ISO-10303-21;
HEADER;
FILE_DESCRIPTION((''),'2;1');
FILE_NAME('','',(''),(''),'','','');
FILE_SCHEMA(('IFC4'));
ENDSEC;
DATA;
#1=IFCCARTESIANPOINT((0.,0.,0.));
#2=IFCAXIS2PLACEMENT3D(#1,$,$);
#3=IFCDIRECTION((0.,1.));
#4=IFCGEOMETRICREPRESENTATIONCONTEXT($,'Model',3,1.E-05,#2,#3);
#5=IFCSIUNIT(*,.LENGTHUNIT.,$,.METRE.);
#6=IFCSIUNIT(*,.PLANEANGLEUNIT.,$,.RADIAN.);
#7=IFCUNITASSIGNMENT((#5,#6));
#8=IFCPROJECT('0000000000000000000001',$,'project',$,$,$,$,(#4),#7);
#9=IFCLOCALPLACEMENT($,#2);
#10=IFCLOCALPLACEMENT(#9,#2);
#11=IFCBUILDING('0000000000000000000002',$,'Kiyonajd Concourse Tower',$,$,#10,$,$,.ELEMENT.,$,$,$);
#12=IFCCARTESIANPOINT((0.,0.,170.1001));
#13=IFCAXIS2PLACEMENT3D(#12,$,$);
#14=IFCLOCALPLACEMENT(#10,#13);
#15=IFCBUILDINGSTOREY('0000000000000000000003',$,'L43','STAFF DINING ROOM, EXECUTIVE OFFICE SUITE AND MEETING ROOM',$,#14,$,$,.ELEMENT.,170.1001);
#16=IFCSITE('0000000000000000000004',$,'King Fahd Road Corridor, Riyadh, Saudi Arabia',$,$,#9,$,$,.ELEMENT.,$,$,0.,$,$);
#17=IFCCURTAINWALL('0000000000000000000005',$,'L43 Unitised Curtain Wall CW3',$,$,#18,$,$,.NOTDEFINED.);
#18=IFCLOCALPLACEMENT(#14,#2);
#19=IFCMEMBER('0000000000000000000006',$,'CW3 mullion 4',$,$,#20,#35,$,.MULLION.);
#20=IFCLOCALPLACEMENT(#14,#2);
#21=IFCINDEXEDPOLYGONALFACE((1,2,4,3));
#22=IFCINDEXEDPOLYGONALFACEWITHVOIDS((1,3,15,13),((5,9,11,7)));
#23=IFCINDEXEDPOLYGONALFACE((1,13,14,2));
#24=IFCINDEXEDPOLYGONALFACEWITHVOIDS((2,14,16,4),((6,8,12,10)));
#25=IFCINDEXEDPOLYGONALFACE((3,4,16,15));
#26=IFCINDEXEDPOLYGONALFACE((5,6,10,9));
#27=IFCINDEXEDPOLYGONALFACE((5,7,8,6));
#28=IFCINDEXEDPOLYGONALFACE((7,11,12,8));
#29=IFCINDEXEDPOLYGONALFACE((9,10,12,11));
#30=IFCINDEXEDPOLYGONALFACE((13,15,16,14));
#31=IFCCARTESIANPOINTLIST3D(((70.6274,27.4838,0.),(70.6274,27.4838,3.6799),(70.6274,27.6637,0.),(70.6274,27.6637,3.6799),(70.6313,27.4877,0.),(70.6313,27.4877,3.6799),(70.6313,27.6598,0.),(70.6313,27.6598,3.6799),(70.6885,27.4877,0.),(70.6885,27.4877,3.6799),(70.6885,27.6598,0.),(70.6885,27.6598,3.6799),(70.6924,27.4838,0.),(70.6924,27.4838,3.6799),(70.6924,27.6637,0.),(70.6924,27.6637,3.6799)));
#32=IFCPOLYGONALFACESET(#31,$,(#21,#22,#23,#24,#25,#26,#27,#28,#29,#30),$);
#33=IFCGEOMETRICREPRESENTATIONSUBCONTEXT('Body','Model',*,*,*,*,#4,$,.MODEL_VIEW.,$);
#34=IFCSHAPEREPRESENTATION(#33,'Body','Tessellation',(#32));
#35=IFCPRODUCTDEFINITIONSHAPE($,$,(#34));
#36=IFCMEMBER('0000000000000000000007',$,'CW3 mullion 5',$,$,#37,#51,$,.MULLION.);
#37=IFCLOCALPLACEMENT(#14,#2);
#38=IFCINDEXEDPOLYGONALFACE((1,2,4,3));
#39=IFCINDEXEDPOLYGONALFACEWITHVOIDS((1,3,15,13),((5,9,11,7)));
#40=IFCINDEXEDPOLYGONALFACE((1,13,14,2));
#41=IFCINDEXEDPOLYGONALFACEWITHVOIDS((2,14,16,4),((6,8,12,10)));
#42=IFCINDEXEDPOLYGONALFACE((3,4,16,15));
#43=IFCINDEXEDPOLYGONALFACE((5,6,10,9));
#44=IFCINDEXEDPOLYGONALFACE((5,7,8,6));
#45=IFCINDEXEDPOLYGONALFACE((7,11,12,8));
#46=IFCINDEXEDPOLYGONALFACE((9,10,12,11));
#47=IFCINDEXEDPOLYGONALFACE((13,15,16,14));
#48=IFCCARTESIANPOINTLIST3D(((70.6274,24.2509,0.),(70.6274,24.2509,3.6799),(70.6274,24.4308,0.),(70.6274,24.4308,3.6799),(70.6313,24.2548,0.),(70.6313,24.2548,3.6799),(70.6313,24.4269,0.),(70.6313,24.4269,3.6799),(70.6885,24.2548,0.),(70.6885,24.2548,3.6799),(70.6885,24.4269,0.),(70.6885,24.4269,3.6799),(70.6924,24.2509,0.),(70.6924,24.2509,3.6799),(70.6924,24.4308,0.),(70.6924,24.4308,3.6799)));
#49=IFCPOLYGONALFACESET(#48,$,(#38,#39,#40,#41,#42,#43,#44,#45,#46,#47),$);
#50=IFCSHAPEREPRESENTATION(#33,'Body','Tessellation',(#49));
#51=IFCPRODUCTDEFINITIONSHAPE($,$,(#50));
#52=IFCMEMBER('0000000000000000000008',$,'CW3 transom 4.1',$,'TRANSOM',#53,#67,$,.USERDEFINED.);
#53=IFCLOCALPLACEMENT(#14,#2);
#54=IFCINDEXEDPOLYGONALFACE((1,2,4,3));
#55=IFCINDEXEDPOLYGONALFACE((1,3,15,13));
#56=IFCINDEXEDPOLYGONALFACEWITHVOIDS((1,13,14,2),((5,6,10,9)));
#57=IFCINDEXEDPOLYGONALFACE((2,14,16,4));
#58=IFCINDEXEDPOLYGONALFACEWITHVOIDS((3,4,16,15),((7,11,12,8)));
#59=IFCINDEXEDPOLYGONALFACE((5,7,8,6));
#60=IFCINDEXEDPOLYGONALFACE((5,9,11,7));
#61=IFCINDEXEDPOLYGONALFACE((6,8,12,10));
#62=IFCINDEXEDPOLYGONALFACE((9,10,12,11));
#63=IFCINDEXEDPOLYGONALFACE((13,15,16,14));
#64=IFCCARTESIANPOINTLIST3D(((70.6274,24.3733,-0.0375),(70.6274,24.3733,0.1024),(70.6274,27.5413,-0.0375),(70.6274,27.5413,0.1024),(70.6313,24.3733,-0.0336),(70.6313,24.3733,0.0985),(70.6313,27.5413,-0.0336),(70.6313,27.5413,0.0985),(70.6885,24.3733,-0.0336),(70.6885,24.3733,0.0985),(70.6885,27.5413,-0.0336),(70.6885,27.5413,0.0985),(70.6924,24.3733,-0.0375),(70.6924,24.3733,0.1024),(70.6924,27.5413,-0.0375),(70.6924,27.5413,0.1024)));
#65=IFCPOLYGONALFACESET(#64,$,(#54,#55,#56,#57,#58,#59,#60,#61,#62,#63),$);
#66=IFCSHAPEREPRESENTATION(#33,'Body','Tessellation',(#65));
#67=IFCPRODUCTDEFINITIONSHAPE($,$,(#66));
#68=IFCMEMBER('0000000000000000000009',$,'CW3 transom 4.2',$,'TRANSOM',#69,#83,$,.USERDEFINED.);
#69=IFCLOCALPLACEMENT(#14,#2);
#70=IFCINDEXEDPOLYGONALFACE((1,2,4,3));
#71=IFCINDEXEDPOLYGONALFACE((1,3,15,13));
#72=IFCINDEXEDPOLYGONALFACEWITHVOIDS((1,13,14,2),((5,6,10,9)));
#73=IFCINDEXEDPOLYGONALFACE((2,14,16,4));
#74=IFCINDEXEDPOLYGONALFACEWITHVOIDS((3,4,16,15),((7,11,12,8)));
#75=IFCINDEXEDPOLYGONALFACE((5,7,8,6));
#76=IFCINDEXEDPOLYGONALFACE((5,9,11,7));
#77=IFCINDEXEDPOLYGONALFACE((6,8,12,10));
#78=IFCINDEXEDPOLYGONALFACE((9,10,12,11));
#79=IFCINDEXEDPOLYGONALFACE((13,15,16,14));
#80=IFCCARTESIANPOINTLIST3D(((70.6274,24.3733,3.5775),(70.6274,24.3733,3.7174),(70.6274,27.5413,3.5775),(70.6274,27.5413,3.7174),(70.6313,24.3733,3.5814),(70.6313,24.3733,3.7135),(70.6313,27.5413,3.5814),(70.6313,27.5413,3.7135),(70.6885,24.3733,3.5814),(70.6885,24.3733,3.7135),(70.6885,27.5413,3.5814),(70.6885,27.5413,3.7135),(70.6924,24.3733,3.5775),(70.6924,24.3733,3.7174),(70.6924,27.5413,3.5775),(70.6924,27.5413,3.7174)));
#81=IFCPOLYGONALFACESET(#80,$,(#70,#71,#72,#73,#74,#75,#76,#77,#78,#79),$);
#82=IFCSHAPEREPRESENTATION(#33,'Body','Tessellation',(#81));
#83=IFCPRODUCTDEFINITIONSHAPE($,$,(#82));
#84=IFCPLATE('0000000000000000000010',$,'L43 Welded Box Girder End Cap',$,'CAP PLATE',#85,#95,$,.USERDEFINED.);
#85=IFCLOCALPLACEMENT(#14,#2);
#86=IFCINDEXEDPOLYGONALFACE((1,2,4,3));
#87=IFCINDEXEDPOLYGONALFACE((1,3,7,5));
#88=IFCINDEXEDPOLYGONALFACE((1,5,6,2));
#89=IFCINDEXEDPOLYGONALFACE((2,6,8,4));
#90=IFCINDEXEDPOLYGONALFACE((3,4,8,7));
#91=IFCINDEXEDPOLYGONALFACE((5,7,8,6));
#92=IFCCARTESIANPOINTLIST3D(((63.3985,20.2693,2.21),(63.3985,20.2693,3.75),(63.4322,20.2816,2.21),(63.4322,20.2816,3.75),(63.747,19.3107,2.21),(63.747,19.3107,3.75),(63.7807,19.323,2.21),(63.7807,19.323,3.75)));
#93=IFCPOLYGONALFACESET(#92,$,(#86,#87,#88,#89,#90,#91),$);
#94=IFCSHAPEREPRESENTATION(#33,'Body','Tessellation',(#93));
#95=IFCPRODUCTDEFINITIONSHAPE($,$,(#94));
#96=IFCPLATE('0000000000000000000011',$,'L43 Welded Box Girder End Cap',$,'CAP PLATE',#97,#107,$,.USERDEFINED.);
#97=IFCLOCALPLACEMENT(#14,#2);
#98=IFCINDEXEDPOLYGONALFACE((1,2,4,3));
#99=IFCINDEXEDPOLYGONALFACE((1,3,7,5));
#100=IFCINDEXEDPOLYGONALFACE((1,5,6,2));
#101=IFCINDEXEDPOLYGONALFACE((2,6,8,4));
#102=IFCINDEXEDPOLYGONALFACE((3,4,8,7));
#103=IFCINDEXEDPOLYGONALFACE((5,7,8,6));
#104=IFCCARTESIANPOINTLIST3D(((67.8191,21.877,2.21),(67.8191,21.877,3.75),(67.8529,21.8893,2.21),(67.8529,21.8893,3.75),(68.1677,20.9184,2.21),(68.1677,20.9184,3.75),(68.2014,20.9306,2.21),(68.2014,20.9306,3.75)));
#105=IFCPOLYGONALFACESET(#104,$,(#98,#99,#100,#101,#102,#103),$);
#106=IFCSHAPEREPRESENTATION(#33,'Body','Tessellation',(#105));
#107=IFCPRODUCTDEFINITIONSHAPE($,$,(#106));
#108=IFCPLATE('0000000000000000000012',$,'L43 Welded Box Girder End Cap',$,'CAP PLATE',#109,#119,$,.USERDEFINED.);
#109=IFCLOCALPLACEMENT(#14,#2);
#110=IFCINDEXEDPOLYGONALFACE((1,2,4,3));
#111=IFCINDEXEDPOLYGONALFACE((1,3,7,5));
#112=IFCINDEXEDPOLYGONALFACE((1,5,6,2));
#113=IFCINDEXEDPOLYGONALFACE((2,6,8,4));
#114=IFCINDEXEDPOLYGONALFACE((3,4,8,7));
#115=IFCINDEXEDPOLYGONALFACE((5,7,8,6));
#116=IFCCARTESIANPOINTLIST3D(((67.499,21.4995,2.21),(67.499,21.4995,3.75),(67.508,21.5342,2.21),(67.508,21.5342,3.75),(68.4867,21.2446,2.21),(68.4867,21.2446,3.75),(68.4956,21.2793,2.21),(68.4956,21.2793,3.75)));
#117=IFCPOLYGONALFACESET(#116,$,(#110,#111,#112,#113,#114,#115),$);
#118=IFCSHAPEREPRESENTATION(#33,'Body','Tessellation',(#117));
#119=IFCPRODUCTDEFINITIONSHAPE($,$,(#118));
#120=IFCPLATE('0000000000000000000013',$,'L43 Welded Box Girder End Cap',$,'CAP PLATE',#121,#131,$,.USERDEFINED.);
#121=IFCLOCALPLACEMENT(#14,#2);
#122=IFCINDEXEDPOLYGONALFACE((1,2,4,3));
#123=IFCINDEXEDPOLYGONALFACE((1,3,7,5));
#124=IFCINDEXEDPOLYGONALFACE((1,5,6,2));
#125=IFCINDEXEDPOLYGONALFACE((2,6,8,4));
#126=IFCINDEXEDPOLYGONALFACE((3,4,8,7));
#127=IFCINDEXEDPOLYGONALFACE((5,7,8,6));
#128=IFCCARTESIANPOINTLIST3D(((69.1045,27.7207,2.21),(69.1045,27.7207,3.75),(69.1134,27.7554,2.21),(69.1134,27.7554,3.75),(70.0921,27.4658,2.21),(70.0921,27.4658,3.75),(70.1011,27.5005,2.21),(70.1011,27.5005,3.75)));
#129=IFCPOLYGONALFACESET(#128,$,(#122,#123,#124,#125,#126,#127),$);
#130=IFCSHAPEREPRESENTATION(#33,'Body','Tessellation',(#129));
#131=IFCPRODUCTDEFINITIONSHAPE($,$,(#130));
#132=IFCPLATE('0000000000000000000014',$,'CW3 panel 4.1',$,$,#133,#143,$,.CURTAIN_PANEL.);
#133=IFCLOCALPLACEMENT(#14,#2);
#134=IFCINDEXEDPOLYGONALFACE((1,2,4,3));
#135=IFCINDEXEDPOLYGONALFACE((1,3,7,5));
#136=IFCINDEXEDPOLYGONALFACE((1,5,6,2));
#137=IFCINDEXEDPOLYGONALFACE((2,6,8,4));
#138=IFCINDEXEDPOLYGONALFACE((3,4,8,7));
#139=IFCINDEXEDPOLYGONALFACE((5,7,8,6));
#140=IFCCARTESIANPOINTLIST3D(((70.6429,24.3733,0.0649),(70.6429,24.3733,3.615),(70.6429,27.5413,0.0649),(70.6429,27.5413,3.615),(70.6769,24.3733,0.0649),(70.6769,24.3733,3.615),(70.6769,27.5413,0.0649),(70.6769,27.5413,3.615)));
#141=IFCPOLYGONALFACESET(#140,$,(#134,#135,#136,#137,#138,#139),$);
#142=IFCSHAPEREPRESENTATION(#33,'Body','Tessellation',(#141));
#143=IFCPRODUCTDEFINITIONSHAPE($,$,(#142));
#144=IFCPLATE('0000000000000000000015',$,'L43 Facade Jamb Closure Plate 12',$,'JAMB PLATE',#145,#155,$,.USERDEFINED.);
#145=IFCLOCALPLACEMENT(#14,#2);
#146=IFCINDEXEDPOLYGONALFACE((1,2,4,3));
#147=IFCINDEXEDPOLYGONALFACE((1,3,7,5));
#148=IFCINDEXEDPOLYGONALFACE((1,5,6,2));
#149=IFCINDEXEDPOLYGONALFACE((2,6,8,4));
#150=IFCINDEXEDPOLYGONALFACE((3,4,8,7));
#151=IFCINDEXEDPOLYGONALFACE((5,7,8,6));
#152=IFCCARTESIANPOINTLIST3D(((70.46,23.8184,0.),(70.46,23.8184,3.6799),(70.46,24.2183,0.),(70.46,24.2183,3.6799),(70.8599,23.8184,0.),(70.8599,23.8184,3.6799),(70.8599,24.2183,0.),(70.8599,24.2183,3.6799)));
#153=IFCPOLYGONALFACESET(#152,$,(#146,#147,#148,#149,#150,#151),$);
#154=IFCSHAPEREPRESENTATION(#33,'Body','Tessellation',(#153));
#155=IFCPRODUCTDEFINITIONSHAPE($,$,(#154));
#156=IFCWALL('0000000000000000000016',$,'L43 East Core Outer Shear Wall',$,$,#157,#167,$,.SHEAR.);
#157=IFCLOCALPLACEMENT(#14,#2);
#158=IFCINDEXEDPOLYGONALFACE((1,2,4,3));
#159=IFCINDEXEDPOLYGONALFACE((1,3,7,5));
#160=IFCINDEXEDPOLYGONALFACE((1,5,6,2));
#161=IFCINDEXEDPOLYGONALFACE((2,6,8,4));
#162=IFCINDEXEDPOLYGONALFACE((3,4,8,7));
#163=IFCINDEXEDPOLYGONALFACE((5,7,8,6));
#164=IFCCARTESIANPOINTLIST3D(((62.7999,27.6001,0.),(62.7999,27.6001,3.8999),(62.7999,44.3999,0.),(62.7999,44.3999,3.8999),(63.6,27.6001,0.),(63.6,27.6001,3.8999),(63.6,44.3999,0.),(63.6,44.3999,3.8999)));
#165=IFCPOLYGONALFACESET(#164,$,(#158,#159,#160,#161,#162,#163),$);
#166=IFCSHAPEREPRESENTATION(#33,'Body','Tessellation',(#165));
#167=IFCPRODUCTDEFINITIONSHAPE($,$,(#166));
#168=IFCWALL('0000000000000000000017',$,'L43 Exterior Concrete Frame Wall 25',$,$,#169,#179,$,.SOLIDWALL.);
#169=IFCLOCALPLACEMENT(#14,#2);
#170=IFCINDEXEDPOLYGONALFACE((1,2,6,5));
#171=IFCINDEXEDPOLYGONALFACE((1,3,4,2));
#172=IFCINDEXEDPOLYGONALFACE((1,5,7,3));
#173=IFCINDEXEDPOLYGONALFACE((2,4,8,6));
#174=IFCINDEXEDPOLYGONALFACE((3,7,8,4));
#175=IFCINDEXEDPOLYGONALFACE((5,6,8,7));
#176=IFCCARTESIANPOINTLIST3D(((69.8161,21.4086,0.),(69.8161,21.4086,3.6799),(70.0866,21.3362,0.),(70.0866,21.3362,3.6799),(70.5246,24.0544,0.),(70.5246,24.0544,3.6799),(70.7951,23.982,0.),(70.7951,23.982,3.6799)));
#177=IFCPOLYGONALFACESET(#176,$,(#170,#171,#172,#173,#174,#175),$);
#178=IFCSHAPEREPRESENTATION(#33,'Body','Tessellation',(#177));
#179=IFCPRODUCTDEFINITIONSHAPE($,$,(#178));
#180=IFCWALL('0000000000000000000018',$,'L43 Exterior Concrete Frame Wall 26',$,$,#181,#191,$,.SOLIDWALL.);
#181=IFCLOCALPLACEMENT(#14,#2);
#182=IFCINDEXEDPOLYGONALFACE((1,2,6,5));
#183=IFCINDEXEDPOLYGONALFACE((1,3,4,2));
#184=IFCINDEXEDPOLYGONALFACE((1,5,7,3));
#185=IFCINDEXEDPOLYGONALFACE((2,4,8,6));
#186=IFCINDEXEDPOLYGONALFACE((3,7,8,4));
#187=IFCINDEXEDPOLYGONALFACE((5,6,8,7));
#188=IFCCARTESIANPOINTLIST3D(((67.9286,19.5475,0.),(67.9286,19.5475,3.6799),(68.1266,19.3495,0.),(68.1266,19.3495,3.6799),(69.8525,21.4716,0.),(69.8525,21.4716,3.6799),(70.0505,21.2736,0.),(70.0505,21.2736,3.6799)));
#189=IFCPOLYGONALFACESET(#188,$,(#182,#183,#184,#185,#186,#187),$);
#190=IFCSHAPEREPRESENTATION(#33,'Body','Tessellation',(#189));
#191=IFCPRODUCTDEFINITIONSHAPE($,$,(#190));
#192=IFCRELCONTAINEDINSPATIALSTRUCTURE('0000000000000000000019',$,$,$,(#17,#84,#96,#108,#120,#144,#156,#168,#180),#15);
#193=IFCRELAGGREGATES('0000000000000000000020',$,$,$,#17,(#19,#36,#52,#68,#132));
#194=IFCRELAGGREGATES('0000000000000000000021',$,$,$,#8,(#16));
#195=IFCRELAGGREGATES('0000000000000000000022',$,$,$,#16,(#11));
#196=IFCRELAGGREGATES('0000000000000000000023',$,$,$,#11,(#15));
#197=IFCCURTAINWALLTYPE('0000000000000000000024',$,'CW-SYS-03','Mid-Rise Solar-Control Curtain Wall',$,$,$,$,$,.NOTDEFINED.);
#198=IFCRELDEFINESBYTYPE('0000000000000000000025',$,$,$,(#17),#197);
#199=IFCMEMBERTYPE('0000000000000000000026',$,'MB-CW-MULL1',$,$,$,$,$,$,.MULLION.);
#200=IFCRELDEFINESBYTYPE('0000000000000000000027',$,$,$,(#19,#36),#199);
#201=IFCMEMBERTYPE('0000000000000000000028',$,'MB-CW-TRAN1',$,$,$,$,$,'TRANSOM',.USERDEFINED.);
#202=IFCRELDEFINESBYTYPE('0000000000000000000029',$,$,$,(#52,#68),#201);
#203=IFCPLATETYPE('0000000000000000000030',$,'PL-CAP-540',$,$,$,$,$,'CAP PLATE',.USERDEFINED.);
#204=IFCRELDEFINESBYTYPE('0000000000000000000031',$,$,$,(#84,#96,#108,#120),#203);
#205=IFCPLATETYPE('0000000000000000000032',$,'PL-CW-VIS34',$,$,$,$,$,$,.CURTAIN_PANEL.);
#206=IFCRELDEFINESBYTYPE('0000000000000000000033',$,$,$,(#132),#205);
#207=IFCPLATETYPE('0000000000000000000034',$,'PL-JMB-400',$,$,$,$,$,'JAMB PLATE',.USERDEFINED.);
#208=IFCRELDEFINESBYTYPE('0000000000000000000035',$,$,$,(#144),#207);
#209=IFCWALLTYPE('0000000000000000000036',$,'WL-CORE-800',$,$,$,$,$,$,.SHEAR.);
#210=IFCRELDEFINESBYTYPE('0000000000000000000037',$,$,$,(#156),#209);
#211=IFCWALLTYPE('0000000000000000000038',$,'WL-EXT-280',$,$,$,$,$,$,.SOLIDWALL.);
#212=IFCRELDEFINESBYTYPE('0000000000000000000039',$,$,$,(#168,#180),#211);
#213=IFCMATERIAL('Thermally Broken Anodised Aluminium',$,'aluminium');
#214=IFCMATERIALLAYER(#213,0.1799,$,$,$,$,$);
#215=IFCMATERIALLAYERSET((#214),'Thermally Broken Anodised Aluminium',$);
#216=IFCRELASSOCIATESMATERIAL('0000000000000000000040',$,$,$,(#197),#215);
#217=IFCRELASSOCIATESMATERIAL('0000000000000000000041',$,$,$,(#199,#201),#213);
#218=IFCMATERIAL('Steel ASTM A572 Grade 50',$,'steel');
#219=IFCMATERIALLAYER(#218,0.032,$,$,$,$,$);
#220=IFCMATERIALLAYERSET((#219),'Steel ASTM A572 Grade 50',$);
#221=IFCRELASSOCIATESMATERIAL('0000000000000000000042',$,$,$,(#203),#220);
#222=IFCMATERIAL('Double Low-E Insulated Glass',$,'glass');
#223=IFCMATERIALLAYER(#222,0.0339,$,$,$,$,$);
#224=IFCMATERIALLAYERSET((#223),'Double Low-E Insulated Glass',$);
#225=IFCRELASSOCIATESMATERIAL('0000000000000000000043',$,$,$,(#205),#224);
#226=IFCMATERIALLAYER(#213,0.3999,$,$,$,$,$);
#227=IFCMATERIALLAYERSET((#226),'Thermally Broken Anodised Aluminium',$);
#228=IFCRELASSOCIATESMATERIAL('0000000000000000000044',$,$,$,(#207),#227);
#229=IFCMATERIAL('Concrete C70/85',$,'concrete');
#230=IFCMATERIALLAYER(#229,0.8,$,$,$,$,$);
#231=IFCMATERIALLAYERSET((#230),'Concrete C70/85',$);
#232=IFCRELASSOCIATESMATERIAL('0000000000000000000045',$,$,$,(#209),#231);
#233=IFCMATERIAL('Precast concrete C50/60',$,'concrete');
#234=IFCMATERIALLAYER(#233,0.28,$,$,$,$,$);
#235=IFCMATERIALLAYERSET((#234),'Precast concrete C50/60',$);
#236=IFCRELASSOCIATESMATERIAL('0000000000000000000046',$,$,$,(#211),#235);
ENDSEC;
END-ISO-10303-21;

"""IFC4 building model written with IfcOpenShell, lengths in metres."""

from ifc_helpers import new_model, si_unit, direction, frame, frame_2d, origin, origin_2d, place, context, subcontext, project, spatial, rectangle, hollow_rectangle, extrude, material, layer, layer_set, material_profile, profile_set, type_object, element, aggregate, save


model = new_model("IFC4")

# Units and contexts
model_context = context("Model", 3, precision=1e-05, world=origin(), true_north=direction((0.0, 1.0)))
body_context = subcontext(model_context, "Body", "Model", "MODEL_VIEW")
ifc_project = project(units=[si_unit("LENGTHUNIT", "METRE"), si_unit("PLANEANGLEUNIT", "RADIAN")], contexts=[model_context])

# Site, building, storey
site_placement = place(None, origin())
site = spatial("IfcSite", under=ifc_project, at=site_placement, Name="King Fahd Road Corridor, Riyadh, Saudi Arabia", CompositionType="ELEMENT", RefElevation=0.0)
building_placement = place(site_placement, origin())
building = spatial("IfcBuilding", under=site, at=building_placement, Name="Kiyonajd Concourse Tower", CompositionType="ELEMENT")
storey_placement = place(building_placement, frame((0.0, 0.0, 170.1001)))
storey = spatial("IfcBuildingStorey", under=building, at=storey_placement, Name="L43", Description="STAFF DINING ROOM, EXECUTIVE OFFICE SUITE AND MEETING ROOM", CompositionType="ELEMENT", Elevation=170.1001)

# Shared definitions
ifc_material_1 = material(Name="Concrete C70/85", Category="concrete")

# Shared definitions
ifc_material_2 = material(Name="Steel ASTM A572 Grade 50", Category="steel")

# Curtain wall, members
ifc_material_3 = material(Name="Thermally Broken Anodised Aluminium", Category="aluminium")
ifc_layer_1 = layer(ifc_material_3, 0.1799)
ifc_layer_set_1 = layer_set([ifc_layer_1], Name="Thermally Broken Anodised Aluminium")
curtain_wall_type = type_object("IfcCurtainWallType", Name="CW-SYS-03", Description="Mid-Rise Solar-Control Curtain Wall", PredefinedType="NOTDEFINED", material=ifc_layer_set_1)
curtain_wall_placement = place(storey_placement, origin())
curtain_wall = element("IfcCurtainWall", 1, at=curtain_wall_placement, inside=storey, type_object=curtain_wall_type, Name="L43 Unitised Curtain Wall CW3", PredefinedType="NOTDEFINED")
ifc_material_profile_1 = material_profile(ifc_material_3, hollow_rectangle(XDim=0.0649, YDim=0.1799, WallThickness=0.0039, at=origin_2d()), Name="MULL-65x180")
ifc_profile_set_1 = profile_set([ifc_material_profile_1], Name="Thermally Broken Anodised Aluminium")
member_type_1 = type_object("IfcMemberType", Name="MB-CW-MULL1", PredefinedType="MULLION", material=ifc_profile_set_1)
member_1_placement = place(storey_placement, frame((70.6599, 27.5737, 0.0), z_axis=(0.0, 0.0, 1.0), x_axis=(1.0, 0.0, 0.0)))
member_1 = element("IfcMember", 2, at=member_1_placement, type_object=member_type_1, Name="CW3 mullion 4", PredefinedType="MULLION", context=body_context, shape_type="SweptSolid", body=[
    extrude(hollow_rectangle(XDim=0.0649, YDim=0.1799, WallThickness=0.0039, at=origin_2d()), origin(), (0.0, 0.0, 1.0), 3.6799),
])
member_2_placement = place(storey_placement, frame((70.6599, 24.3408, 0.0), z_axis=(0.0, 0.0, 1.0), x_axis=(1.0, 0.0, 0.0)))
member_2 = element("IfcMember", 3, at=member_2_placement, type_object=member_type_1, Name="CW3 mullion 5", PredefinedType="MULLION", context=body_context, shape_type="SweptSolid", body=[
    extrude(hollow_rectangle(XDim=0.0649, YDim=0.1799, WallThickness=0.0039, at=origin_2d()), origin(), (0.0, 0.0, 1.0), 3.6799),
])
ifc_material_profile_2 = material_profile(ifc_material_3, hollow_rectangle(XDim=0.0649, YDim=0.1399, WallThickness=0.0039, at=origin_2d()), Name="TRAN-65x140")
ifc_profile_set_2 = profile_set([ifc_material_profile_2], Name="Thermally Broken Anodised Aluminium")
member_type_2 = type_object("IfcMemberType", Name="MB-CW-TRAN1", ElementType="TRANSOM", PredefinedType="USERDEFINED", material=ifc_profile_set_2)
member_3_placement = place(storey_placement, frame((70.6599, 27.5413, 0.0325), z_axis=(0.0, -1.0, 0.0), x_axis=(1.0, 0.0, 0.0)))
member_3 = element("IfcMember", 4, at=member_3_placement, type_object=member_type_2, Name="CW3 transom 4.1", ObjectType="TRANSOM", PredefinedType="USERDEFINED", context=body_context, shape_type="SweptSolid", body=[
    extrude(hollow_rectangle(XDim=0.0649, YDim=0.1399, WallThickness=0.0039, at=origin_2d()), origin(), (0.0, 0.0, 1.0), 3.168),
])
member_4_placement = place(storey_placement, frame((70.6599, 27.5413, 3.6475), z_axis=(0.0, -1.0, 0.0), x_axis=(1.0, 0.0, 0.0)))
member_4 = element("IfcMember", 5, at=member_4_placement, type_object=member_type_2, Name="CW3 transom 4.2", ObjectType="TRANSOM", PredefinedType="USERDEFINED", context=body_context, shape_type="SweptSolid", body=[
    extrude(hollow_rectangle(XDim=0.0649, YDim=0.1399, WallThickness=0.0039, at=origin_2d()), origin(), (0.0, 0.0, 1.0), 3.168),
])

# Plates
ifc_layer_2 = layer(ifc_material_2, 0.032)
ifc_layer_set_2 = layer_set([ifc_layer_2], Name="Steel ASTM A572 Grade 50")
plate_type_1 = type_object("IfcPlateType", Name="PL-CAP-540", ElementType="CAP PLATE", PredefinedType="USERDEFINED", material=ifc_layer_set_2)
for number, where, z_axis, x_axis, name in (
    (6, (63.5896, 19.7961, 2.21), (0.0, 0.0, 1.0), (-0.939812, -0.341692, 0.0), "L43 Welded Box Girder End Cap"),
    (7, (68.0103, 21.4038, 2.21), (0.0, 0.0, 1.0), (0.939812, 0.341692, 0.0), "L43 Welded Box Girder End Cap"),
    (8, (67.9973, 21.3894, 2.21), (0.0, 0.0, 1.0), (-0.249873, -0.968279, 0.0), "L43 Welded Box Girder End Cap"),
    (9, (69.6028, 27.6106, 2.21), (0.0, 0.0, 1.0), (0.249873, 0.968279, 0.0), "L43 Welded Box Girder End Cap"),
):
    element("IfcPlate", number, at=place(storey_placement, frame(where, z_axis=z_axis, x_axis=x_axis)), inside=storey, type_object=plate_type_1, Name=name, ObjectType="CAP PLATE", PredefinedType="USERDEFINED", context=body_context, shape_type="SweptSolid", body=[
        extrude(rectangle(XDim=0.0359, YDim=1.02, at=origin_2d()), origin(), (0.0, 0.0, 1.0), 1.54),
    ])

# Plates
ifc_material_4 = material(Name="Double Low-E Insulated Glass", Category="glass")
ifc_layer_3 = layer(ifc_material_4, 0.0339)
ifc_layer_set_3 = layer_set([ifc_layer_3], Name="Double Low-E Insulated Glass")
plate_type_2 = type_object("IfcPlateType", Name="PL-CW-VIS34", PredefinedType="CURTAIN_PANEL", material=ifc_layer_set_3)
plate_1_placement = place(storey_placement, frame((70.6599, 25.9573, 0.0649), z_axis=(0.0, 0.0, 1.0), x_axis=(0.0, -1.0, 0.0)))
plate_1 = element("IfcPlate", 10, at=plate_1_placement, type_object=plate_type_2, Name="CW3 panel 4.1", PredefinedType="CURTAIN_PANEL", context=body_context, shape_type="SweptSolid", body=[
    extrude(rectangle(XDim=3.168, YDim=0.0339, at=origin_2d()), origin(), (0.0, 0.0, 1.0), 3.55),
])
aggregate(curtain_wall, [member_1, member_2, member_3, member_4, plate_1])
ifc_layer_4 = layer(ifc_material_3, 0.3999)
ifc_layer_set_4 = layer_set([ifc_layer_4], Name="Thermally Broken Anodised Aluminium")
plate_type_3 = type_object("IfcPlateType", Name="PL-JMB-400", ElementType="JAMB PLATE", PredefinedType="USERDEFINED", material=ifc_layer_set_4)
plate_2_placement = place(storey_placement, frame((70.6599, 24.0183, 0.0), z_axis=(0.0, 0.0, 1.0), x_axis=(1.0, 0.0, 0.0)))
element("IfcPlate", 11, at=plate_2_placement, inside=storey, type_object=plate_type_3, Name="L43 Facade Jamb Closure Plate 12", ObjectType="JAMB PLATE", PredefinedType="USERDEFINED", context=body_context, shape_type="SweptSolid", body=[
    extrude(rectangle(XDim=0.3999, YDim=0.3999, at=origin_2d()), origin(), (0.0, 0.0, 1.0), 3.6799),
])

# Walls
ifc_layer_5 = layer(ifc_material_1, 0.8)
ifc_layer_set_5 = layer_set([ifc_layer_5], Name="Concrete C70/85")
wall_type_1 = type_object("IfcWallType", Name="WL-CORE-800", PredefinedType="SHEAR", material=ifc_layer_set_5)
wall_1_placement = place(storey_placement, frame((63.2, 27.6001, 0.0), z_axis=(0.0, 0.0, 1.0), x_axis=(0.0, 1.0, 0.0)))
element("IfcWall", 12, at=wall_1_placement, inside=storey, type_object=wall_type_1, Name="L43 East Core Outer Shear Wall", PredefinedType="SHEAR", context=body_context, shape_type="SweptSolid", body=[
    extrude(rectangle(XDim=16.7998, YDim=0.8, at=frame_2d((8.3999, 0.0))), origin(), (0.0, 0.0, 1.0), 3.8999),
])
ifc_material_5 = material(Name="Precast concrete C50/60", Category="concrete")
ifc_layer_6 = layer(ifc_material_5, 0.28)
ifc_layer_set_6 = layer_set([ifc_layer_6], Name="Precast concrete C50/60")
wall_type_2 = type_object("IfcWallType", Name="WL-EXT-280", PredefinedType="SOLIDWALL", material=ifc_layer_set_6)
wall_2_placement = place(storey_placement, frame((70.6599, 24.0183, 0.0), z_axis=(0.0, 0.0, 1.0), x_axis=(-0.258672, -0.965965, 0.0)))
element("IfcWall", 13, at=wall_2_placement, inside=storey, type_object=wall_type_2, Name="L43 Exterior Concrete Frame Wall 25", PredefinedType="SOLIDWALL", context=body_context, shape_type="SweptSolid", body=[
    extrude(rectangle(XDim=2.739, YDim=0.28, at=frame_2d((1.3696, 0.0))), origin(), (0.0, 0.0, 1.0), 3.6799),
])
wall_3_placement = place(storey_placement, frame((69.9514, 21.3726, 0.0), z_axis=(0.0, 0.0, 1.0), x_axis=(-0.707062, -0.707152, 0.0)))
element("IfcWall", 14, at=wall_3_placement, inside=storey, type_object=wall_type_2, Name="L43 Exterior Concrete Frame Wall 26", PredefinedType="SOLIDWALL", context=body_context, shape_type="SweptSolid", body=[
    extrude(rectangle(XDim=2.7209, YDim=0.28, at=frame_2d((1.3604, 0.0))), origin(), (0.0, 0.0, 1.0), 3.6799),
])

save(model, "model.ifc")
